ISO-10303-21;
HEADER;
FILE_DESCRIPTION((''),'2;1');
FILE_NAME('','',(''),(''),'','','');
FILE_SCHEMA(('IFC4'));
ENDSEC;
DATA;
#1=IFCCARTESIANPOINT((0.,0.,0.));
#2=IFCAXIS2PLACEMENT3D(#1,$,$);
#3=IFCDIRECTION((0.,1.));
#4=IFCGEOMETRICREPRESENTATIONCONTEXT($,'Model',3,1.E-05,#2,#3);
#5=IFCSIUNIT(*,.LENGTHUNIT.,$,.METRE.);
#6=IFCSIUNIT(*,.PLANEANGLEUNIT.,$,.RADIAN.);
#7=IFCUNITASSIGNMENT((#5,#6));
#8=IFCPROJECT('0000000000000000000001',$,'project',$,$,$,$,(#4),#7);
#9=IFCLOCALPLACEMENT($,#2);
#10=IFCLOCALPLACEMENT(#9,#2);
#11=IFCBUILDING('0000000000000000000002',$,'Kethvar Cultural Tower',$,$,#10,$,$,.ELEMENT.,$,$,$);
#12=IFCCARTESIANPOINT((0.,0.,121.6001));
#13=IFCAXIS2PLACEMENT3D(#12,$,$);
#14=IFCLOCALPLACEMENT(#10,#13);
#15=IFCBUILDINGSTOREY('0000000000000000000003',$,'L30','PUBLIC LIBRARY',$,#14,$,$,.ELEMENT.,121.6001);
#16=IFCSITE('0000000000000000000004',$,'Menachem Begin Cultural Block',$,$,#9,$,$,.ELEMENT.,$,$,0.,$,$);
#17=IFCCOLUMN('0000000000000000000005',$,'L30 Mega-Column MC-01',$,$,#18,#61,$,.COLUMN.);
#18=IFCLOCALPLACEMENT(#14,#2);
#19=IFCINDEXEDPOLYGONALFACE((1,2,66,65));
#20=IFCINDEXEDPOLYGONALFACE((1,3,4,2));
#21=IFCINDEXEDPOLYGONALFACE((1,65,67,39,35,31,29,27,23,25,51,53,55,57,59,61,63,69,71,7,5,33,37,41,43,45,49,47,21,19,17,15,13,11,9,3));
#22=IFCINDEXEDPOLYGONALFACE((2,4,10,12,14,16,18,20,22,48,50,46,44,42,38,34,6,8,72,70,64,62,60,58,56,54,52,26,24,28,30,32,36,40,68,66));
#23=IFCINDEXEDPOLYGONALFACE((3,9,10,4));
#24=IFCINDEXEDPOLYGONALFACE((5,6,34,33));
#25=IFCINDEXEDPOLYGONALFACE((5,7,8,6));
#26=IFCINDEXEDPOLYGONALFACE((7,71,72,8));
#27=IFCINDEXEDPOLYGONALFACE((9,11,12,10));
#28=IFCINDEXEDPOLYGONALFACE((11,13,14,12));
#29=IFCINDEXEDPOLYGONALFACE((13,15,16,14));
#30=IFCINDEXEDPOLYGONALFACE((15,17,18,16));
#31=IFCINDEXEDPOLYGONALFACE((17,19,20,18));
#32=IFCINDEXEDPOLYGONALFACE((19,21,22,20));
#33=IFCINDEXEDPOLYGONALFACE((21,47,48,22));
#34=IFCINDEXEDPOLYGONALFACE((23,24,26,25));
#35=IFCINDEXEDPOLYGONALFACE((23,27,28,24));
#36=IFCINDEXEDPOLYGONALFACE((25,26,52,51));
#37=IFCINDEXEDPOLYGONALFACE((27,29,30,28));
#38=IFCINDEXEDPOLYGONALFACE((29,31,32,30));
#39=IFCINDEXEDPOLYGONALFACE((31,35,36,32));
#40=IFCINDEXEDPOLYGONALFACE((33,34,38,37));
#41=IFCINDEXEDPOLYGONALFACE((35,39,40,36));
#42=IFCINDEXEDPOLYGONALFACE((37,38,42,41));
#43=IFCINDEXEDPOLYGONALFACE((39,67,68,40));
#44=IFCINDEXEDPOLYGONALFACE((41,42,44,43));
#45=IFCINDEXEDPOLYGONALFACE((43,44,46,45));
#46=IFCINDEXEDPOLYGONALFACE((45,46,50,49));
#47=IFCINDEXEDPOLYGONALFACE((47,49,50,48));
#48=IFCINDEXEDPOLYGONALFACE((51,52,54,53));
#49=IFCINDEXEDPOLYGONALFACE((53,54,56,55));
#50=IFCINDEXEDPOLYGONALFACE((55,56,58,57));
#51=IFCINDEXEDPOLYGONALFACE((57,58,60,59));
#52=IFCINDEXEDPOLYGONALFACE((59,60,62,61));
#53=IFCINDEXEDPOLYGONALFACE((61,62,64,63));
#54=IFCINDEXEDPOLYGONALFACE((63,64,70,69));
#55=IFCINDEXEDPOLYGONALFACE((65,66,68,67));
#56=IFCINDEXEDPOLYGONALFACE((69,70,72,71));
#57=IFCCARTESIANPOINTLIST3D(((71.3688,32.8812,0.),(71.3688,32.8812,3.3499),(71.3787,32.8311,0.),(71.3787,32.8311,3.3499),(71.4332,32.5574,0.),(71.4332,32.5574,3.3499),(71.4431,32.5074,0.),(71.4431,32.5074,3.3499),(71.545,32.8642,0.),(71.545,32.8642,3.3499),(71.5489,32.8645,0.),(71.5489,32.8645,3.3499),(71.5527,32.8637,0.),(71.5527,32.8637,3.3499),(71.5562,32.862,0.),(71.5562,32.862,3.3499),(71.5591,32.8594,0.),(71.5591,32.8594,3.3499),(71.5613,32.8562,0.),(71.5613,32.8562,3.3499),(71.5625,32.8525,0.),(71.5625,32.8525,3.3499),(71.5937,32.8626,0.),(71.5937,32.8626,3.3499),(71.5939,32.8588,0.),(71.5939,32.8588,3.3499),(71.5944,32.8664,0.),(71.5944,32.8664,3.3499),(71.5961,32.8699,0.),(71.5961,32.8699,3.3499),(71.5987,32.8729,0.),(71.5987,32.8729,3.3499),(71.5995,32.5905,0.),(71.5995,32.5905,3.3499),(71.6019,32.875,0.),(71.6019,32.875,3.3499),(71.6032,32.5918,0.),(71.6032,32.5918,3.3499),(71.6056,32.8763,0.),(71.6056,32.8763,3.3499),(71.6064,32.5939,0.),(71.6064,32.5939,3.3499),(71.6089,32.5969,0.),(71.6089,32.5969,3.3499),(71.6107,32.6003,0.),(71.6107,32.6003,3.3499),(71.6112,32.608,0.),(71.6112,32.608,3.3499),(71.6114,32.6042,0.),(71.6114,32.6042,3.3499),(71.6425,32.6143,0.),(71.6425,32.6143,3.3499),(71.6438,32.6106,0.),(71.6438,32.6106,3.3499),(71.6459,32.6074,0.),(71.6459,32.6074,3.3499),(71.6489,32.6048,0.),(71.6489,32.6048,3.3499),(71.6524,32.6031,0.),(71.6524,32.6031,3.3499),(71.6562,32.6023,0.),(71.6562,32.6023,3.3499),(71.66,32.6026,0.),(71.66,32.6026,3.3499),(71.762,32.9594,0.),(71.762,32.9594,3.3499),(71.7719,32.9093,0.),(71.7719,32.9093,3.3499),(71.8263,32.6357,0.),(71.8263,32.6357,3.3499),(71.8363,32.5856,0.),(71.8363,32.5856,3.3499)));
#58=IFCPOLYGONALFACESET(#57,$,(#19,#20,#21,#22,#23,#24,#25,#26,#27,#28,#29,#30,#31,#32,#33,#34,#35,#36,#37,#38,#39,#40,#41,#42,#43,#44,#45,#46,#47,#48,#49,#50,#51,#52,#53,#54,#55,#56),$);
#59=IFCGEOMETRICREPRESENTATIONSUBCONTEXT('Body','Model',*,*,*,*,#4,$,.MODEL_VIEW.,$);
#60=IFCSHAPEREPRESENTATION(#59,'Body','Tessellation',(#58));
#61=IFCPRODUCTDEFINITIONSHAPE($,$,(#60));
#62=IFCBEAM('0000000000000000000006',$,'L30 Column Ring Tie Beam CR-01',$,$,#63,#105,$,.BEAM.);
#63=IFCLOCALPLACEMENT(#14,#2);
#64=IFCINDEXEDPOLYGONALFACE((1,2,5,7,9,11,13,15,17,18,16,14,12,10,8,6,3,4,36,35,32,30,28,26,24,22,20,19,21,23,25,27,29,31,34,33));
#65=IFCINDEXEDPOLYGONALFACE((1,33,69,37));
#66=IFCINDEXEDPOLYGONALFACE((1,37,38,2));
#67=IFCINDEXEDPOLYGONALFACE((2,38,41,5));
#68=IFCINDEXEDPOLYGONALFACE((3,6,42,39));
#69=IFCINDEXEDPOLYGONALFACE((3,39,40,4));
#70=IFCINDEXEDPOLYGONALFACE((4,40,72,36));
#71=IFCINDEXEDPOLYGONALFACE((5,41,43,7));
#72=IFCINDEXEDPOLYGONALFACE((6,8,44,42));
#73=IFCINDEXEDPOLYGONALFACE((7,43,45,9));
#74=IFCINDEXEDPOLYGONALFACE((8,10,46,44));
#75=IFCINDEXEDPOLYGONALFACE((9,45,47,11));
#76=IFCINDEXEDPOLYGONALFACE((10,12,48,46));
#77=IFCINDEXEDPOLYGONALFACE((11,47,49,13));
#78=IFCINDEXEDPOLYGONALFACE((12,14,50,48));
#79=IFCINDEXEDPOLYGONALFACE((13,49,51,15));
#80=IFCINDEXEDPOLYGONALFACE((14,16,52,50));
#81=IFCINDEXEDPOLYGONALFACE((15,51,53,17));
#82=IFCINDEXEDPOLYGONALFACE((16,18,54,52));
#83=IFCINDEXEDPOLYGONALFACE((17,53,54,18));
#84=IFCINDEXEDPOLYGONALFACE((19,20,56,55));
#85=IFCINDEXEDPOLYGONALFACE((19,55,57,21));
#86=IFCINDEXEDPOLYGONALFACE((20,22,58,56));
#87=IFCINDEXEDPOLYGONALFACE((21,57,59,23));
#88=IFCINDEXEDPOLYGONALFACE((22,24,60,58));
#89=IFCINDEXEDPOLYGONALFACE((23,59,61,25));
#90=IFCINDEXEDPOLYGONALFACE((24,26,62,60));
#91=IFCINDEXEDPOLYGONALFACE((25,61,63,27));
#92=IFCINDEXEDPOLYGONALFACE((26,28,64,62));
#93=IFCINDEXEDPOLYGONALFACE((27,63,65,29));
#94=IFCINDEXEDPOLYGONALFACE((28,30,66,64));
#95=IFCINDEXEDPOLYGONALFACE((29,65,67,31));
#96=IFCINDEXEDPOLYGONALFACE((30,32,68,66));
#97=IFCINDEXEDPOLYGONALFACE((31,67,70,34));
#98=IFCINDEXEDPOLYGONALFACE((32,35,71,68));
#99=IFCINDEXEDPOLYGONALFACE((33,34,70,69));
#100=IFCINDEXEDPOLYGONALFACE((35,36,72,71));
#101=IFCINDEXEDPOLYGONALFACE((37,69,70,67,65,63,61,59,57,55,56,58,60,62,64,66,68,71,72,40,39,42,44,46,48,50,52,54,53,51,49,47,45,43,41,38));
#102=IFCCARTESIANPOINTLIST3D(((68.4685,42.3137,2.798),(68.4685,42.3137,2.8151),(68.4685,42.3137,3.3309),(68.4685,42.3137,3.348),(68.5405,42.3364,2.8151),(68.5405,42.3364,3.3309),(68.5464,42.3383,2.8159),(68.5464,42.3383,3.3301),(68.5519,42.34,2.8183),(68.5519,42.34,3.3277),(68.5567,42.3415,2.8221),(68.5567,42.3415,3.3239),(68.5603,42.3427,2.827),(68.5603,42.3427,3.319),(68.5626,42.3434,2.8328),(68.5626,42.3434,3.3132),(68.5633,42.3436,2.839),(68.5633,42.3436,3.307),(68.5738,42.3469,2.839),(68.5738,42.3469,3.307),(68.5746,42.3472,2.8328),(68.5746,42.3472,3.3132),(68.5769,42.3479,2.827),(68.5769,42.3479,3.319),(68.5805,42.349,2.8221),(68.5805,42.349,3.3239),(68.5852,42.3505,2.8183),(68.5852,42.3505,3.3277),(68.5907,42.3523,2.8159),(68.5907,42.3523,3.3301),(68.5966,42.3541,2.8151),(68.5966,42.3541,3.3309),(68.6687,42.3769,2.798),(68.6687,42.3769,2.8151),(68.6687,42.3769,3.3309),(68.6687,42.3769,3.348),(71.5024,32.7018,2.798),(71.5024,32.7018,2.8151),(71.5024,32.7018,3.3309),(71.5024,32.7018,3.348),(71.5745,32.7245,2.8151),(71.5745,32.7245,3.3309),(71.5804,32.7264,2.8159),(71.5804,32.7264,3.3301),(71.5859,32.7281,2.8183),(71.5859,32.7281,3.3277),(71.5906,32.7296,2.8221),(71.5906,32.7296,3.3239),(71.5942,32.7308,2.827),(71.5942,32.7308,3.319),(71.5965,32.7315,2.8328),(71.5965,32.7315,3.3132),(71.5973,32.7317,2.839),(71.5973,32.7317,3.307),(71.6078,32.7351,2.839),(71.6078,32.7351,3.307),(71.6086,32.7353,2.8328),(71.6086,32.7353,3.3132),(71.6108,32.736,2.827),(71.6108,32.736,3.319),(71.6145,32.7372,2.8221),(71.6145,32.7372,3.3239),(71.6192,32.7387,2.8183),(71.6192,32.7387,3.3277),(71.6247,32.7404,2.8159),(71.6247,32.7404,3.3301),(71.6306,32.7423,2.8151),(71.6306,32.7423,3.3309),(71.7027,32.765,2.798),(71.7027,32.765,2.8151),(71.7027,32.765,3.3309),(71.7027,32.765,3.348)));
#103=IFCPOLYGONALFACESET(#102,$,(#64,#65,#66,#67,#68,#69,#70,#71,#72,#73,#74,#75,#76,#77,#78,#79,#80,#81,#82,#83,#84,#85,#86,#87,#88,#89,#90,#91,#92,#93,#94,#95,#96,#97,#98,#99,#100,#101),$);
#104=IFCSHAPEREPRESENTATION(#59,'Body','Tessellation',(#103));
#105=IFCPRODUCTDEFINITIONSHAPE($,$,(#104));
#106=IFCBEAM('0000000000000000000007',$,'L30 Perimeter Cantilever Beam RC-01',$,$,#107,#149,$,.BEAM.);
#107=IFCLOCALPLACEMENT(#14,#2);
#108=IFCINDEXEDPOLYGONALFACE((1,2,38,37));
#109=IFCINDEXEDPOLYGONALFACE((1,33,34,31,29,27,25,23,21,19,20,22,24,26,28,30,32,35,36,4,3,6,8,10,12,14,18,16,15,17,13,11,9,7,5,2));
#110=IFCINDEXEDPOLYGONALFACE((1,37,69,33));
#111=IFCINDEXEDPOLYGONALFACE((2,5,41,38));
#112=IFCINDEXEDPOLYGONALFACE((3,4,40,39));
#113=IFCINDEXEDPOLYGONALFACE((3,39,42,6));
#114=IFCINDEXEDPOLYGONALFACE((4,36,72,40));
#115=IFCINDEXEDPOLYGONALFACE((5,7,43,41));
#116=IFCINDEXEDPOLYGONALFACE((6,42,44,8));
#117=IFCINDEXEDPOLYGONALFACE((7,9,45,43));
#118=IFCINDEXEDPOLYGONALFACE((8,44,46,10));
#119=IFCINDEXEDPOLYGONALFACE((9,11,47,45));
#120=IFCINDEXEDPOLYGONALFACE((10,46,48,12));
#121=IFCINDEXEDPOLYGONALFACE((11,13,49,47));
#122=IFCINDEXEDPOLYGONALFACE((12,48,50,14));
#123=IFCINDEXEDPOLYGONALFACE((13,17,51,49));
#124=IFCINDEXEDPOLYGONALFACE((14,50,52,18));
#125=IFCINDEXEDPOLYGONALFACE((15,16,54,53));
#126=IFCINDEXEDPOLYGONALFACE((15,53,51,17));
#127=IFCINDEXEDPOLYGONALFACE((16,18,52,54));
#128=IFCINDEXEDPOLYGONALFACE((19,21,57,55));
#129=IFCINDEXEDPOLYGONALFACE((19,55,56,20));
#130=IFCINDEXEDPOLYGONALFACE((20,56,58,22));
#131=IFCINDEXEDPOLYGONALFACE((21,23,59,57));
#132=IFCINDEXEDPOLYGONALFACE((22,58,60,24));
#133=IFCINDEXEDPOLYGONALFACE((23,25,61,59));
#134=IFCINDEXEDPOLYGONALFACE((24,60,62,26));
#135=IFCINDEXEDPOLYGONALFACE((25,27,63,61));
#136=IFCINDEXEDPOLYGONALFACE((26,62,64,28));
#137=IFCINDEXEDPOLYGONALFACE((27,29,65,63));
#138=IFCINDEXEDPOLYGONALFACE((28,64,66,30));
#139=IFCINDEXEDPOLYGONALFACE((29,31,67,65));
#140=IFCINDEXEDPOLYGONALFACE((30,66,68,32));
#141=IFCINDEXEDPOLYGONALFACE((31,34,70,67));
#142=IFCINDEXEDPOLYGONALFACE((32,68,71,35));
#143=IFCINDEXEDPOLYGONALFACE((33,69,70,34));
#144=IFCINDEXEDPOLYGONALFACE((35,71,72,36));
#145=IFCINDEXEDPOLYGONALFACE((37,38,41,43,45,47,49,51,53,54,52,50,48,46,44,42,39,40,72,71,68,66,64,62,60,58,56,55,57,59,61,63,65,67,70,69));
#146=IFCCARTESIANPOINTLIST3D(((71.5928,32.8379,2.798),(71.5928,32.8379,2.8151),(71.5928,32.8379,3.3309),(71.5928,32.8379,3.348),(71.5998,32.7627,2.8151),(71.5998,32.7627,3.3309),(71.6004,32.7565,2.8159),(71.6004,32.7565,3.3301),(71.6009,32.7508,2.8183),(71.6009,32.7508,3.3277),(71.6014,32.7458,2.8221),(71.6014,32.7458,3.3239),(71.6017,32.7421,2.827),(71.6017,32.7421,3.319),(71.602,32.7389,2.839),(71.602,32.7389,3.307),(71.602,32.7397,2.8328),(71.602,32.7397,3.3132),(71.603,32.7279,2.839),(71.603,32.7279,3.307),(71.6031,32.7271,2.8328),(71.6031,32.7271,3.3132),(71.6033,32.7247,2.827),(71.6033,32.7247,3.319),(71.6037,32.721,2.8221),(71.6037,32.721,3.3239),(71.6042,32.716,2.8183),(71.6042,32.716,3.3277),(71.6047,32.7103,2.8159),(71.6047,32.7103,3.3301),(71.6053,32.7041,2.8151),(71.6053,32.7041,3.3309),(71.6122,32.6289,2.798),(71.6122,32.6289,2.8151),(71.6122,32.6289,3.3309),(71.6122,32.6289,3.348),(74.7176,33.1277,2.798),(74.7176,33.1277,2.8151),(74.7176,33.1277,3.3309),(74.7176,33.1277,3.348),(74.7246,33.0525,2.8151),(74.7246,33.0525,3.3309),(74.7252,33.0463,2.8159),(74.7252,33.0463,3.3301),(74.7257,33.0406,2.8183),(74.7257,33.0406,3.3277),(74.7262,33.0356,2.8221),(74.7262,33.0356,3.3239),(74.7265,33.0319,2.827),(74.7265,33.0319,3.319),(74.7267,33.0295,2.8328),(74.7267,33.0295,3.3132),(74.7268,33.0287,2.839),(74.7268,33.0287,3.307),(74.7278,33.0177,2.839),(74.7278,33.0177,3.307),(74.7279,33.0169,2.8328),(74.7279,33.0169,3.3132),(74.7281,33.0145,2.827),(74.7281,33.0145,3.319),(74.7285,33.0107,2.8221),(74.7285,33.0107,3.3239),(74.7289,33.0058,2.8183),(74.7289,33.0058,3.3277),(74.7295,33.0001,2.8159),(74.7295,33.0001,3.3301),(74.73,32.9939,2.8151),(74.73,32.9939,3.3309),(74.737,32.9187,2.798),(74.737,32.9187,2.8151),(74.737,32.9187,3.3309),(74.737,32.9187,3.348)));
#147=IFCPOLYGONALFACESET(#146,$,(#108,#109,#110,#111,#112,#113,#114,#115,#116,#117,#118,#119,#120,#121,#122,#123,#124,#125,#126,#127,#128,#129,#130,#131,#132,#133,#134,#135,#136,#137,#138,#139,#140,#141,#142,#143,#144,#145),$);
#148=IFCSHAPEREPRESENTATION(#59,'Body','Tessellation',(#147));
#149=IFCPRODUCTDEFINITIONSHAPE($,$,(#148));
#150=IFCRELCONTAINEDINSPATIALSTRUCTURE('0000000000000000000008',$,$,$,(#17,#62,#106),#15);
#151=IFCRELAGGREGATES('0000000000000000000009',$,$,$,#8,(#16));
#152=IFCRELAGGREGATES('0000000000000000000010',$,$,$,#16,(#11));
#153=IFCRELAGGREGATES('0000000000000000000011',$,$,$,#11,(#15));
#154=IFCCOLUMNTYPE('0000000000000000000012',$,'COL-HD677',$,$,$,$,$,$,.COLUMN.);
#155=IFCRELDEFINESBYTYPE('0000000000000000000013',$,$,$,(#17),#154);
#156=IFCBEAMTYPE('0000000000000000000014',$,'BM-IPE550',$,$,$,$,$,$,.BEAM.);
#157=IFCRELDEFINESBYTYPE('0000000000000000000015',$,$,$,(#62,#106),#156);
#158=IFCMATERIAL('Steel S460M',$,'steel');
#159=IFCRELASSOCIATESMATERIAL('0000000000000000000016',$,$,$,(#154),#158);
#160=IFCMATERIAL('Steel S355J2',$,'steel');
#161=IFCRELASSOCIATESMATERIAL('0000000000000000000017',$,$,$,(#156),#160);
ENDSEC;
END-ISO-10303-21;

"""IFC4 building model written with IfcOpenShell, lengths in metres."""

from ifc_helpers import new_model, si_unit, direction, frame, origin, origin_2d, place, context, subcontext, project, spatial, i_section, extrude, source, transform, mapped, material, material_profile, profile_set, type_object, element, save


model = new_model("IFC4")

# Units and contexts
model_context = context("Model", 3, precision=1e-05, world=origin(), true_north=direction((0.0, 1.0)))
body_context = subcontext(model_context, "Body", "Model", "MODEL_VIEW")
ifc_project = project(units=[si_unit("LENGTHUNIT", "METRE"), si_unit("PLANEANGLEUNIT", "RADIAN")], contexts=[model_context])

# Site, building, storey
site_placement = place(None, origin())
site = spatial("IfcSite", under=ifc_project, at=site_placement, Name="Menachem Begin Cultural Block", CompositionType="ELEMENT", RefElevation=0.0)
building_placement = place(site_placement, origin())
building = spatial("IfcBuilding", under=site, at=building_placement, Name="Kethvar Cultural Tower", CompositionType="ELEMENT")
storey_placement = place(building_placement, frame((0.0, 0.0, 121.6001)))
storey = spatial("IfcBuildingStorey", under=building, at=storey_placement, Name="L30", Description="PUBLIC LIBRARY", CompositionType="ELEMENT", Elevation=121.6001)

# Column
ifc_material_1 = material(Name="Steel S460M", Category="steel")
ifc_material_profile_1 = material_profile(ifc_material_1, i_section(OverallWidth=0.4009, OverallDepth=0.3811, WebThickness=0.032, FlangeThickness=0.051, FilletRadius=0.0149, at=origin_2d()), Name="Steel S460M — HD400x677")
ifc_profile_set_1 = profile_set([ifc_material_profile_1], Name="Steel S460M — HD400x677")
column_type = type_object("IfcColumnType", Name="COL-HD677", PredefinedType="COLUMN", material=ifc_profile_set_1)
shared_shape_1 = source(origin(), body_context, "Body", "SweptSolid", [
    extrude(i_section(OverallWidth=0.4009, OverallDepth=0.3811, WebThickness=0.032, FlangeThickness=0.051, FilletRadius=0.0149, at=origin_2d()), origin(), (0.0, 0.0, 1.0), 3.3499),
])
column_placement = place(storey_placement, frame((71.6025, 32.7334, 0.0), z_axis=(0.0, 0.0, 1.0), x_axis=(0.980785, 0.19509, 0.0)))
element("IfcColumn", 1, at=column_placement, inside=storey, type_object=column_type, Name="L30 Mega-Column MC-01", PredefinedType="COLUMN", context=body_context, shape_type="MappedRepresentation", body=[
    mapped(shared_shape_1, transform((0.0, 0.0, 0.0), scale=1.0)),
])

# Beams
ifc_material_2 = material(Name="Steel S355J2", Category="steel")
ifc_material_profile_2 = material_profile(ifc_material_2, i_section(OverallWidth=0.21, OverallDepth=0.55, WebThickness=0.011, FlangeThickness=0.0171, FilletRadius=0.0239, at=origin_2d()), Name="Steel S355J2 — IPE550")
ifc_profile_set_2 = profile_set([ifc_material_profile_2], Name="Steel S355J2 — IPE550")
beam_type_1 = type_object("IfcBeamType", Name="BM-IPE550", PredefinedType="BEAM", material=ifc_profile_set_2)
shared_shape_2 = source(origin(), body_context, "Body", "SweptSolid", [
    extrude(i_section(OverallWidth=0.21, OverallDepth=0.55, WebThickness=0.011, FlangeThickness=0.0171, FilletRadius=0.0239, at=origin_2d()), origin(), (0.0, 0.0, 1.0), 10.0793),
])
beam_1_placement = place(storey_placement, frame((71.6025, 32.7334, 3.073), z_axis=(-0.301007, 0.953622, 0.0), x_axis=(-0.953622, -0.301007, 0.0)))
element("IfcBeam", 2, at=beam_1_placement, inside=storey, type_object=beam_type_1, Name="L30 Column Ring Tie Beam CR-01", PredefinedType="BEAM", context=body_context, shape_type="MappedRepresentation", body=[
    mapped(shared_shape_2, transform((0.0, 0.0, 0.0), scale=1.0)),
])
shared_shape_3 = source(origin(), body_context, "Body", "SweptSolid", [
    extrude(i_section(OverallWidth=0.21, OverallDepth=0.55, WebThickness=0.011, FlangeThickness=0.0171, FilletRadius=0.0239, at=origin_2d()), origin(), (0.0, 0.0, 1.0), 3.1382),
])
beam_2_placement = place(storey_placement, frame((71.6025, 32.7334, 3.073), z_axis=(0.995727, 0.092345, 0.0), x_axis=(-0.092345, 0.995727, 0.0)))
element("IfcBeam", 3, at=beam_2_placement, inside=storey, type_object=beam_type_1, Name="L30 Perimeter Cantilever Beam RC-01", PredefinedType="BEAM", context=body_context, shape_type="MappedRepresentation", body=[
    mapped(shared_shape_3, transform((0.0, 0.0, 0.0), scale=1.0)),
])

save(model, "model.ifc")
